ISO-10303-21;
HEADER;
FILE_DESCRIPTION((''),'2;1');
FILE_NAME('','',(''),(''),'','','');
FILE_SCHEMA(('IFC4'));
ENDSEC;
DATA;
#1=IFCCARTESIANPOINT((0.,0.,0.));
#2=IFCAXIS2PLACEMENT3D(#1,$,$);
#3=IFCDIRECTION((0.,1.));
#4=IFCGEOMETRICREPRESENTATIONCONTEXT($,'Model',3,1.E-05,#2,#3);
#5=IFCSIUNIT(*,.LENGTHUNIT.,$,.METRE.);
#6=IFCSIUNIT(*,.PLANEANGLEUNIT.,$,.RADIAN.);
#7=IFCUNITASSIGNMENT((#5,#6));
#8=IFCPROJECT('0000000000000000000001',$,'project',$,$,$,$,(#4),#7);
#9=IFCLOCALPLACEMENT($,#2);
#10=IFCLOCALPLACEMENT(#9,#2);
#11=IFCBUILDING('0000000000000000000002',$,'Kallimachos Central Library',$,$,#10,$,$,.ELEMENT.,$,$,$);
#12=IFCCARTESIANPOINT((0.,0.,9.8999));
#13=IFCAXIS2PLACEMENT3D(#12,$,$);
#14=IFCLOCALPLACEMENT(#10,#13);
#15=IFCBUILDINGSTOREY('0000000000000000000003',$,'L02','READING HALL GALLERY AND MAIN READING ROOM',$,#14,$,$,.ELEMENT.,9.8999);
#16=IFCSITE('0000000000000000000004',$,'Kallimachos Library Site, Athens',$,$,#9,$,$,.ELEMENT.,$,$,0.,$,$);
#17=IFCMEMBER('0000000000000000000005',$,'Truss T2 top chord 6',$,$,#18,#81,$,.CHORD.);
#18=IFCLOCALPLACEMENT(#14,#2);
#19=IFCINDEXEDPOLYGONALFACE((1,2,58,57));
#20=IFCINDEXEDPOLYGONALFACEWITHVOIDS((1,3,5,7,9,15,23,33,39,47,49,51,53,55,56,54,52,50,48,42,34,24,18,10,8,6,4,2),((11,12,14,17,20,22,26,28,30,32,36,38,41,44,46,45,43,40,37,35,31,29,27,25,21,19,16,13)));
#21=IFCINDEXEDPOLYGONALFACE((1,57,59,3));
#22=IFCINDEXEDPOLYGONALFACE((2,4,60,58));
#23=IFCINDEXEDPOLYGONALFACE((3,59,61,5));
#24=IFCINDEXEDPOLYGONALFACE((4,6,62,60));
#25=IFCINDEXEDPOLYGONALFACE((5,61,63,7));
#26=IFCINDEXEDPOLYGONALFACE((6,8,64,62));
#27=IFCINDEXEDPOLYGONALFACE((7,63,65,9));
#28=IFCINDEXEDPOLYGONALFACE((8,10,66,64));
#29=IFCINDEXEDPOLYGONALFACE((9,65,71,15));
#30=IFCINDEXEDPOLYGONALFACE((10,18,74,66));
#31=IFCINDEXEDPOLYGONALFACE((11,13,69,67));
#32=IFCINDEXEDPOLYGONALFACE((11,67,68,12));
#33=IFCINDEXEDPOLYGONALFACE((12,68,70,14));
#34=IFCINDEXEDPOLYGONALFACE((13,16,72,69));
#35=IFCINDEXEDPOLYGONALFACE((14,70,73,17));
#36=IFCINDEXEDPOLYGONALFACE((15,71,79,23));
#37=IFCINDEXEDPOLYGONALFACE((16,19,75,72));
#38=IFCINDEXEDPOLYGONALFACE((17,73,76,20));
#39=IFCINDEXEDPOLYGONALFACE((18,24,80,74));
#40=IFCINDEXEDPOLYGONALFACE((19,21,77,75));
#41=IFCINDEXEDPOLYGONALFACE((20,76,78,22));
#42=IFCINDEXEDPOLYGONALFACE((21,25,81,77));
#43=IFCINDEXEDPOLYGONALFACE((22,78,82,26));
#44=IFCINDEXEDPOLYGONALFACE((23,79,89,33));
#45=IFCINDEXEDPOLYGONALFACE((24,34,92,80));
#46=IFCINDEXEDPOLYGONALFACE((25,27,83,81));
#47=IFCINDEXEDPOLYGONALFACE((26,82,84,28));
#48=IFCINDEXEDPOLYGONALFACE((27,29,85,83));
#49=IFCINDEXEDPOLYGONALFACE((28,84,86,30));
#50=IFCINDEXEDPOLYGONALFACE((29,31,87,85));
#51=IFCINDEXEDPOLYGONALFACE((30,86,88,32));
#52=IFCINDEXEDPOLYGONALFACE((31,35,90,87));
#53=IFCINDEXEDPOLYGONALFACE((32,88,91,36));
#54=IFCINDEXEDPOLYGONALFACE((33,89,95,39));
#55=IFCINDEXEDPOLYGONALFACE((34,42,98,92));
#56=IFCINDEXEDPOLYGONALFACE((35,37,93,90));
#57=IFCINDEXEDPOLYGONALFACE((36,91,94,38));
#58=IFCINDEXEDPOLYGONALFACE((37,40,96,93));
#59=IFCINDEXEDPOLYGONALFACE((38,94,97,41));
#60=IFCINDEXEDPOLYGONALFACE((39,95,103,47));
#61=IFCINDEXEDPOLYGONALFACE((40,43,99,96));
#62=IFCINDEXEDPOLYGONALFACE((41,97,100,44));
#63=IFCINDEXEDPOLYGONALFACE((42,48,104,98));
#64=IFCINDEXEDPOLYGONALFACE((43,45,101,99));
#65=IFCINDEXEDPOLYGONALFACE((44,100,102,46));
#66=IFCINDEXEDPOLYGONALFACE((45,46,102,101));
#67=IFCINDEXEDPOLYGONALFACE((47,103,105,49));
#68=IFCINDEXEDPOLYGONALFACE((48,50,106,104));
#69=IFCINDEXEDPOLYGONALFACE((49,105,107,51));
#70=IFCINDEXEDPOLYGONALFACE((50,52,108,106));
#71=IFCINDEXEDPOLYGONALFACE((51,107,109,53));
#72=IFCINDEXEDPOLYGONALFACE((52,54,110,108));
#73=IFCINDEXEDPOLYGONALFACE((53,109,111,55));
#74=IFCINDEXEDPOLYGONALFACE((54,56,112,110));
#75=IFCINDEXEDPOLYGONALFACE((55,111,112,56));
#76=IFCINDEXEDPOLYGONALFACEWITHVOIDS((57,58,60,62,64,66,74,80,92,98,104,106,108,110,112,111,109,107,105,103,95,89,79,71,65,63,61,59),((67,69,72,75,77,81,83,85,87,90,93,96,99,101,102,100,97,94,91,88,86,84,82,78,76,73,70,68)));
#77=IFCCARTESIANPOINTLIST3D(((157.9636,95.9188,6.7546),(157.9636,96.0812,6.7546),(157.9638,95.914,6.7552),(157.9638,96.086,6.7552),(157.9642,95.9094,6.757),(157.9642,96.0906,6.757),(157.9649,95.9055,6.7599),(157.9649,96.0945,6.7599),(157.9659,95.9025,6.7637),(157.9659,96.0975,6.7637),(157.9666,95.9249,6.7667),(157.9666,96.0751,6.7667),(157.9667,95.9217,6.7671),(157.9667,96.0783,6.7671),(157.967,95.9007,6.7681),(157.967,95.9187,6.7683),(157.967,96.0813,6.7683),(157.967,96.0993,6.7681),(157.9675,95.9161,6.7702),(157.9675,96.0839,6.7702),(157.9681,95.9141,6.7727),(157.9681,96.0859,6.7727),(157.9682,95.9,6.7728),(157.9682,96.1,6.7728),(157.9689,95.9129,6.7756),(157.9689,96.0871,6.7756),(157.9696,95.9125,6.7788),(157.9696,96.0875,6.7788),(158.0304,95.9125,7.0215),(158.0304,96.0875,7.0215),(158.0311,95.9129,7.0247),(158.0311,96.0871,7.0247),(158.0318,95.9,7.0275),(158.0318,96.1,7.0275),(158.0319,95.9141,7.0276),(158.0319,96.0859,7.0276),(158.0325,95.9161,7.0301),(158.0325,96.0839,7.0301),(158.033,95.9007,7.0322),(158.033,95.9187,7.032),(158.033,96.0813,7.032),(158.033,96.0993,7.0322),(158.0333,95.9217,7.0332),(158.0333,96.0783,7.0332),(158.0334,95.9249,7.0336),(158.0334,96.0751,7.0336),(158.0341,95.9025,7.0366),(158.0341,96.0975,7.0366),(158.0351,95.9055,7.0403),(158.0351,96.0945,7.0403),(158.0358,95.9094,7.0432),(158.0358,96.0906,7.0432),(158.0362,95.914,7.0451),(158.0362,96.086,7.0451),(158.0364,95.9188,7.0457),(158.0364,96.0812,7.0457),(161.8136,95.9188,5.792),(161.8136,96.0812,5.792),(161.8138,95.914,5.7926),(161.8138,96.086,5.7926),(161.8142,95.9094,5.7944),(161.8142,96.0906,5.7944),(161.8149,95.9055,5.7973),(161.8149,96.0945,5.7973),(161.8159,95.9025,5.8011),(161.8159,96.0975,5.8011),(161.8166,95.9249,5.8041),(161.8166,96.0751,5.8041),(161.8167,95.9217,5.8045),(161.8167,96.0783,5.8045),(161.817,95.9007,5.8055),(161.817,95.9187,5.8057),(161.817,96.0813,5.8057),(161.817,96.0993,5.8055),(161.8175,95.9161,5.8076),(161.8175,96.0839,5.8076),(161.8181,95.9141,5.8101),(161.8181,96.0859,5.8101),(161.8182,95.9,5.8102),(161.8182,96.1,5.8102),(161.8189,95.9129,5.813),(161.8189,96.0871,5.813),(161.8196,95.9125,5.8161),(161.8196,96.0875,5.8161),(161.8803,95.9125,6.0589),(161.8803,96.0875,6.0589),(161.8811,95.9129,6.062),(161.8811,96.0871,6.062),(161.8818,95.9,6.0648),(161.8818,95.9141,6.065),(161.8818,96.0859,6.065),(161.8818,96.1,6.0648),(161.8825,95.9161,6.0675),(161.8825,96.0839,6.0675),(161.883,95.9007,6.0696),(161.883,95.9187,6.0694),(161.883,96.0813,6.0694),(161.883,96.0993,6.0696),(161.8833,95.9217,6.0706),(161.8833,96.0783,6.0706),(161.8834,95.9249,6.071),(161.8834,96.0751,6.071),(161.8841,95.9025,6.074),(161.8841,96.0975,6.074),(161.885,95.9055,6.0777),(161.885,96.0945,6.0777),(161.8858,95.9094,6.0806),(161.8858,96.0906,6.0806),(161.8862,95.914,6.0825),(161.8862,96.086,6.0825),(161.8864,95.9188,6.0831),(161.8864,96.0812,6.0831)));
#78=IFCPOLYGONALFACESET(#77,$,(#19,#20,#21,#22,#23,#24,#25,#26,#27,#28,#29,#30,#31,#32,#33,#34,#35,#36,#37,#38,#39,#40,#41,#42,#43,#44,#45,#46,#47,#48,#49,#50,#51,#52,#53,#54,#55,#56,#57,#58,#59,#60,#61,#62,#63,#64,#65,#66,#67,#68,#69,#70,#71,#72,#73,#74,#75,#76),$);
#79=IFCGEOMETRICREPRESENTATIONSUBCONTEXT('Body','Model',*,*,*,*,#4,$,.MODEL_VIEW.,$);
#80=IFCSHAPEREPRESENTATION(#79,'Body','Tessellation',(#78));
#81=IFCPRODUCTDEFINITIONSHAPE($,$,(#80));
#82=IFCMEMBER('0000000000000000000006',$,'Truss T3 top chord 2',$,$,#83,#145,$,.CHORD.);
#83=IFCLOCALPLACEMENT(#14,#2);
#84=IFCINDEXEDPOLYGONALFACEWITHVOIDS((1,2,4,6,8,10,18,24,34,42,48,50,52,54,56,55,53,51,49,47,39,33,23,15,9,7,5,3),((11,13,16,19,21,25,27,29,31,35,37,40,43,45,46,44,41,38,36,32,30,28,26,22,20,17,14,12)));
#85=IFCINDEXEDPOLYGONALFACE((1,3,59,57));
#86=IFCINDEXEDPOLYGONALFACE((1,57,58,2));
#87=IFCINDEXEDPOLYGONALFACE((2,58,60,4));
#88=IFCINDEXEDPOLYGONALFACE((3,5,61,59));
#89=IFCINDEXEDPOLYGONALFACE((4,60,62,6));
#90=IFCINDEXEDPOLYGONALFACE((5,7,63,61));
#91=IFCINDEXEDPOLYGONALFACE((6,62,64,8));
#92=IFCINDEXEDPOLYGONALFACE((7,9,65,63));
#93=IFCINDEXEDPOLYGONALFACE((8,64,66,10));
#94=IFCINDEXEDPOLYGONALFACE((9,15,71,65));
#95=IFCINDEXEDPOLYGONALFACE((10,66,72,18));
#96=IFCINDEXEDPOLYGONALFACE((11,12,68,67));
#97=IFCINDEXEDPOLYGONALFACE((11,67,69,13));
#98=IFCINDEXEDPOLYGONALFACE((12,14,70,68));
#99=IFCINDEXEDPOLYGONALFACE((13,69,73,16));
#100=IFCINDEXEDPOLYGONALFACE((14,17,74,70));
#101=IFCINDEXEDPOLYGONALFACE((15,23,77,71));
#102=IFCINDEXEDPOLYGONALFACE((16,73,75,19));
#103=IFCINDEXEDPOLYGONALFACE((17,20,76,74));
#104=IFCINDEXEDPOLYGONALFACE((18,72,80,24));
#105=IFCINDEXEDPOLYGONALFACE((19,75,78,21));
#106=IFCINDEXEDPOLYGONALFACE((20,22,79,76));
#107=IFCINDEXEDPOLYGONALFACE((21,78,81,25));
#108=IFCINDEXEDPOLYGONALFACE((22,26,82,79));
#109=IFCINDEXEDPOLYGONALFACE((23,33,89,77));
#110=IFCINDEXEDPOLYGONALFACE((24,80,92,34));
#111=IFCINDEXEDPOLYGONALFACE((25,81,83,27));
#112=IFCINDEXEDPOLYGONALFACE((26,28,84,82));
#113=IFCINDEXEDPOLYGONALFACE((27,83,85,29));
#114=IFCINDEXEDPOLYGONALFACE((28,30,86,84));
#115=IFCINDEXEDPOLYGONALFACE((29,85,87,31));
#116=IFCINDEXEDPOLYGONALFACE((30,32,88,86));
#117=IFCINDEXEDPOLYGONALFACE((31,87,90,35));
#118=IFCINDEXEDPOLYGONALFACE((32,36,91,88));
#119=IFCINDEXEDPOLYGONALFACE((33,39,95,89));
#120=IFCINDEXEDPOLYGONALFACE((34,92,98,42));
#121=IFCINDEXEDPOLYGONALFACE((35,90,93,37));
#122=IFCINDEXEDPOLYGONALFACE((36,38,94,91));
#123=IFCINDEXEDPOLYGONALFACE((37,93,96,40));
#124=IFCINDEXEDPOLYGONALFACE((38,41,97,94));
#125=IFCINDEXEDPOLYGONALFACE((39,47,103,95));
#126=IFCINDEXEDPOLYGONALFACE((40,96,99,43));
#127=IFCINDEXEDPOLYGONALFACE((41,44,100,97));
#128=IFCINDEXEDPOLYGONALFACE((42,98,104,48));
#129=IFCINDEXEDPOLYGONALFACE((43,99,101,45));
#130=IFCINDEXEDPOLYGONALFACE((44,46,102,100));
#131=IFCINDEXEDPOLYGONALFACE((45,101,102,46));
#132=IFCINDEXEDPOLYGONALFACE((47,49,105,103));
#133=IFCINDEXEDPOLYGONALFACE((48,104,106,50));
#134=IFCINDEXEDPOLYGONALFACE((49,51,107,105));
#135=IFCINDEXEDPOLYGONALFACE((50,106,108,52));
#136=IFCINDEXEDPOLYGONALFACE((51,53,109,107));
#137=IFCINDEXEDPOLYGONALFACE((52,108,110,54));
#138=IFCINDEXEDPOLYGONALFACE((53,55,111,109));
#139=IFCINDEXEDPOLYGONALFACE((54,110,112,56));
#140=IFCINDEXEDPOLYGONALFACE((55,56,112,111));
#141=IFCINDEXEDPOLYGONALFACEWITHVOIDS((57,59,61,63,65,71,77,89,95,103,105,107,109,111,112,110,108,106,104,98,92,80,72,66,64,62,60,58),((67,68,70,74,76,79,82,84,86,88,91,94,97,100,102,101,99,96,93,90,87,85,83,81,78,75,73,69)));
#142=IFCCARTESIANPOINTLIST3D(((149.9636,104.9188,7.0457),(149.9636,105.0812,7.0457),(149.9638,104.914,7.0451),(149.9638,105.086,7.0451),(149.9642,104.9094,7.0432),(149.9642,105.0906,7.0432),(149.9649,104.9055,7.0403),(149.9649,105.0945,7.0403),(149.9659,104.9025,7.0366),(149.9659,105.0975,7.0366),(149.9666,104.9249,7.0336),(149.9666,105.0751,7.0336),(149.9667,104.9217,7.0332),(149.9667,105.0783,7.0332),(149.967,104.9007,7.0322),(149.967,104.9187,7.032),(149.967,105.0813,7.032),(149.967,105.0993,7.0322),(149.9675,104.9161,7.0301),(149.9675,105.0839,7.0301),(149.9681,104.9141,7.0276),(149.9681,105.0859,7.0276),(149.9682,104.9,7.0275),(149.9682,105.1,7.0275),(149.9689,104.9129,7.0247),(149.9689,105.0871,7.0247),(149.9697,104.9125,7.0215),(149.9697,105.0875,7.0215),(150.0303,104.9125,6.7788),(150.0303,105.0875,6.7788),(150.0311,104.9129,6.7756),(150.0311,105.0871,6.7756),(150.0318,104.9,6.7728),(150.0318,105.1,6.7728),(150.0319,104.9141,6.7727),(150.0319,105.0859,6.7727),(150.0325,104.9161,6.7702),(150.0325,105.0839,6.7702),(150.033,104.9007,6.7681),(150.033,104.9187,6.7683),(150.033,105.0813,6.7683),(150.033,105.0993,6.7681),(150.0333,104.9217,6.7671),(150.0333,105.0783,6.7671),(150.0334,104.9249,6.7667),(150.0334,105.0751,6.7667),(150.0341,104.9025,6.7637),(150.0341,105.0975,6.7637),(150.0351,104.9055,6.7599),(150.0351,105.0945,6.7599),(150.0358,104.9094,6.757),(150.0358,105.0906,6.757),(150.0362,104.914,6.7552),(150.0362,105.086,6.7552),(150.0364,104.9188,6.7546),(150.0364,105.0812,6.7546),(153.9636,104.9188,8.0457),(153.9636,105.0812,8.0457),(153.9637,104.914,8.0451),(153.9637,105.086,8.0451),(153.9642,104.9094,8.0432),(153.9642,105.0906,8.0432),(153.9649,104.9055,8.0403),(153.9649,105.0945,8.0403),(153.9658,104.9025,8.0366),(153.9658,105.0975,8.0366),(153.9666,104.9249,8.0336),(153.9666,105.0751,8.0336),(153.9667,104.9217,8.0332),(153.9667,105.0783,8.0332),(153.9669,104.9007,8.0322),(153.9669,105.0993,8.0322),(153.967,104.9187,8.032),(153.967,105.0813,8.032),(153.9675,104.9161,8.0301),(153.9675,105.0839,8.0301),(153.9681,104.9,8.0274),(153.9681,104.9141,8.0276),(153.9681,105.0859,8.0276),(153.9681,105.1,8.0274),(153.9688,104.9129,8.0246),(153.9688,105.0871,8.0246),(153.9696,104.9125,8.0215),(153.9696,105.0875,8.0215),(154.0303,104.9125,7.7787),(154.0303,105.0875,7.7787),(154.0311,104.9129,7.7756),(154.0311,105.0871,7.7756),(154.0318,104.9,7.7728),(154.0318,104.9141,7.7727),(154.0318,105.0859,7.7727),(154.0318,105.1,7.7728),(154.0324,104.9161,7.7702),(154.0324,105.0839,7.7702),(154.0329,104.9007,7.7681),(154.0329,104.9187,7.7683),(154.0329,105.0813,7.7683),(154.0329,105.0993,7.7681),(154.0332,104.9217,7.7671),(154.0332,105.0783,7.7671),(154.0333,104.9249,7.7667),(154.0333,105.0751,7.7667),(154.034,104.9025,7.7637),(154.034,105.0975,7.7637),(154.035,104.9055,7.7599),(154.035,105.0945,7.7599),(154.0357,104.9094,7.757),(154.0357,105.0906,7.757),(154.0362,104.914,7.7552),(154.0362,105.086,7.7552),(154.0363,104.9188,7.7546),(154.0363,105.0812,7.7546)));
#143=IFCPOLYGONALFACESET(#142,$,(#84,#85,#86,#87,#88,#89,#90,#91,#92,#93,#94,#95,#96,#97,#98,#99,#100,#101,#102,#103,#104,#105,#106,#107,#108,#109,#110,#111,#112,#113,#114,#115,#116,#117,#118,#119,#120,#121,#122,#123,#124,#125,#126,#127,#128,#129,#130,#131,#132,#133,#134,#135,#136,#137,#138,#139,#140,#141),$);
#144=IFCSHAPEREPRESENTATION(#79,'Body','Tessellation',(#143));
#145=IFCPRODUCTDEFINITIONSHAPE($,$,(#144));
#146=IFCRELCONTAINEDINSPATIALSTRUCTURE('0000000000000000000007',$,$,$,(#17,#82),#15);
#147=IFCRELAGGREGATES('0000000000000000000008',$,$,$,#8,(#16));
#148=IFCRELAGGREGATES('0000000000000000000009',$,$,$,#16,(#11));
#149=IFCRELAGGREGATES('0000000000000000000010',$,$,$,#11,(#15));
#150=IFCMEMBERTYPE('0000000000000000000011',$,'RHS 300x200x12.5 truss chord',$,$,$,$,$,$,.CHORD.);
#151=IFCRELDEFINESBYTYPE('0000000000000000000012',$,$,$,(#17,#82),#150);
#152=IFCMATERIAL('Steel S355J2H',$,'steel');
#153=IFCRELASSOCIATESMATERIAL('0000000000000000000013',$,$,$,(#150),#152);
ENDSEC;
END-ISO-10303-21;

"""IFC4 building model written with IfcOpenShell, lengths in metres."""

from ifc_helpers import new_model, si_unit, direction, frame, origin, origin_2d, place, context, subcontext, project, spatial, hollow_rectangle, extrude, material, material_profile, profile_set, type_object, element, save


model = new_model("IFC4")

# Units and contexts
model_context = context("Model", 3, precision=1e-05, world=origin(), true_north=direction((0.0, 1.0)))
body_context = subcontext(model_context, "Body", "Model", "MODEL_VIEW")
ifc_project = project(units=[si_unit("LENGTHUNIT", "METRE"), si_unit("PLANEANGLEUNIT", "RADIAN")], contexts=[model_context])

# Site, building, storey
site_placement = place(None, origin())
site = spatial("IfcSite", under=ifc_project, at=site_placement, Name="Kallimachos Library Site, Athens", CompositionType="ELEMENT", RefElevation=0.0)
building_placement = place(site_placement, origin())
building = spatial("IfcBuilding", under=site, at=building_placement, Name="Kallimachos Central Library", CompositionType="ELEMENT")
storey_placement = place(building_placement, frame((0.0, 0.0, 9.8999)))
storey = spatial("IfcBuildingStorey", under=building, at=storey_placement, Name="L02", Description="READING HALL GALLERY AND MAIN READING ROOM", CompositionType="ELEMENT", Elevation=9.8999)

# Members
ifc_material_1 = material(Name="Steel S355J2H", Category="steel")
ifc_material_profile_1 = material_profile(ifc_material_1, hollow_rectangle(XDim=0.2, YDim=0.3, WallThickness=0.0125, InnerFilletRadius=0.0125, OuterFilletRadius=0.0188, at=origin_2d()), Name="RHS 300x200x12.5")
ifc_profile_set_1 = profile_set([ifc_material_profile_1], Name="Steel S355J2H")
member_type_1 = type_object("IfcMemberType", Name="RHS 300x200x12.5 truss chord", PredefinedType="CHORD", material=ifc_profile_set_1)
member_1_placement = place(storey_placement, frame((158.0, 96.0, 6.9001), z_axis=(0.970135, 0.0, -0.242565), x_axis=(0.0, 1.0, 0.0)))
element("IfcMember", 1, at=member_1_placement, inside=storey, type_object=member_type_1, Name="Truss T2 top chord 6", PredefinedType="CHORD", context=body_context, shape_type="SweptSolid", body=[
    extrude(hollow_rectangle(XDim=0.2, YDim=0.3, WallThickness=0.0125, InnerFilletRadius=0.0125, OuterFilletRadius=0.0188, at=origin_2d()), origin(), (0.0, 0.0, 1.0), 3.9685),
])
for number, where, z_axis, x_axis, name in (
    (2, (150.0, 105.0, 6.9001), (0.970143, 0.0, 0.242536), (0.0, 1.0, 0.0), "Truss T3 top chord 2"),
):
    element("IfcMember", number, at=place(storey_placement, frame(where, z_axis=z_axis, x_axis=x_axis)), inside=storey, type_object=member_type_1, Name=name, PredefinedType="CHORD", context=body_context, shape_type="SweptSolid", body=[
        extrude(hollow_rectangle(XDim=0.2, YDim=0.3, WallThickness=0.0125, InnerFilletRadius=0.0125, OuterFilletRadius=0.0188, at=origin_2d()), origin(), (0.0, 0.0, 1.0), 4.123),
    ])

save(model, "model.ifc")
